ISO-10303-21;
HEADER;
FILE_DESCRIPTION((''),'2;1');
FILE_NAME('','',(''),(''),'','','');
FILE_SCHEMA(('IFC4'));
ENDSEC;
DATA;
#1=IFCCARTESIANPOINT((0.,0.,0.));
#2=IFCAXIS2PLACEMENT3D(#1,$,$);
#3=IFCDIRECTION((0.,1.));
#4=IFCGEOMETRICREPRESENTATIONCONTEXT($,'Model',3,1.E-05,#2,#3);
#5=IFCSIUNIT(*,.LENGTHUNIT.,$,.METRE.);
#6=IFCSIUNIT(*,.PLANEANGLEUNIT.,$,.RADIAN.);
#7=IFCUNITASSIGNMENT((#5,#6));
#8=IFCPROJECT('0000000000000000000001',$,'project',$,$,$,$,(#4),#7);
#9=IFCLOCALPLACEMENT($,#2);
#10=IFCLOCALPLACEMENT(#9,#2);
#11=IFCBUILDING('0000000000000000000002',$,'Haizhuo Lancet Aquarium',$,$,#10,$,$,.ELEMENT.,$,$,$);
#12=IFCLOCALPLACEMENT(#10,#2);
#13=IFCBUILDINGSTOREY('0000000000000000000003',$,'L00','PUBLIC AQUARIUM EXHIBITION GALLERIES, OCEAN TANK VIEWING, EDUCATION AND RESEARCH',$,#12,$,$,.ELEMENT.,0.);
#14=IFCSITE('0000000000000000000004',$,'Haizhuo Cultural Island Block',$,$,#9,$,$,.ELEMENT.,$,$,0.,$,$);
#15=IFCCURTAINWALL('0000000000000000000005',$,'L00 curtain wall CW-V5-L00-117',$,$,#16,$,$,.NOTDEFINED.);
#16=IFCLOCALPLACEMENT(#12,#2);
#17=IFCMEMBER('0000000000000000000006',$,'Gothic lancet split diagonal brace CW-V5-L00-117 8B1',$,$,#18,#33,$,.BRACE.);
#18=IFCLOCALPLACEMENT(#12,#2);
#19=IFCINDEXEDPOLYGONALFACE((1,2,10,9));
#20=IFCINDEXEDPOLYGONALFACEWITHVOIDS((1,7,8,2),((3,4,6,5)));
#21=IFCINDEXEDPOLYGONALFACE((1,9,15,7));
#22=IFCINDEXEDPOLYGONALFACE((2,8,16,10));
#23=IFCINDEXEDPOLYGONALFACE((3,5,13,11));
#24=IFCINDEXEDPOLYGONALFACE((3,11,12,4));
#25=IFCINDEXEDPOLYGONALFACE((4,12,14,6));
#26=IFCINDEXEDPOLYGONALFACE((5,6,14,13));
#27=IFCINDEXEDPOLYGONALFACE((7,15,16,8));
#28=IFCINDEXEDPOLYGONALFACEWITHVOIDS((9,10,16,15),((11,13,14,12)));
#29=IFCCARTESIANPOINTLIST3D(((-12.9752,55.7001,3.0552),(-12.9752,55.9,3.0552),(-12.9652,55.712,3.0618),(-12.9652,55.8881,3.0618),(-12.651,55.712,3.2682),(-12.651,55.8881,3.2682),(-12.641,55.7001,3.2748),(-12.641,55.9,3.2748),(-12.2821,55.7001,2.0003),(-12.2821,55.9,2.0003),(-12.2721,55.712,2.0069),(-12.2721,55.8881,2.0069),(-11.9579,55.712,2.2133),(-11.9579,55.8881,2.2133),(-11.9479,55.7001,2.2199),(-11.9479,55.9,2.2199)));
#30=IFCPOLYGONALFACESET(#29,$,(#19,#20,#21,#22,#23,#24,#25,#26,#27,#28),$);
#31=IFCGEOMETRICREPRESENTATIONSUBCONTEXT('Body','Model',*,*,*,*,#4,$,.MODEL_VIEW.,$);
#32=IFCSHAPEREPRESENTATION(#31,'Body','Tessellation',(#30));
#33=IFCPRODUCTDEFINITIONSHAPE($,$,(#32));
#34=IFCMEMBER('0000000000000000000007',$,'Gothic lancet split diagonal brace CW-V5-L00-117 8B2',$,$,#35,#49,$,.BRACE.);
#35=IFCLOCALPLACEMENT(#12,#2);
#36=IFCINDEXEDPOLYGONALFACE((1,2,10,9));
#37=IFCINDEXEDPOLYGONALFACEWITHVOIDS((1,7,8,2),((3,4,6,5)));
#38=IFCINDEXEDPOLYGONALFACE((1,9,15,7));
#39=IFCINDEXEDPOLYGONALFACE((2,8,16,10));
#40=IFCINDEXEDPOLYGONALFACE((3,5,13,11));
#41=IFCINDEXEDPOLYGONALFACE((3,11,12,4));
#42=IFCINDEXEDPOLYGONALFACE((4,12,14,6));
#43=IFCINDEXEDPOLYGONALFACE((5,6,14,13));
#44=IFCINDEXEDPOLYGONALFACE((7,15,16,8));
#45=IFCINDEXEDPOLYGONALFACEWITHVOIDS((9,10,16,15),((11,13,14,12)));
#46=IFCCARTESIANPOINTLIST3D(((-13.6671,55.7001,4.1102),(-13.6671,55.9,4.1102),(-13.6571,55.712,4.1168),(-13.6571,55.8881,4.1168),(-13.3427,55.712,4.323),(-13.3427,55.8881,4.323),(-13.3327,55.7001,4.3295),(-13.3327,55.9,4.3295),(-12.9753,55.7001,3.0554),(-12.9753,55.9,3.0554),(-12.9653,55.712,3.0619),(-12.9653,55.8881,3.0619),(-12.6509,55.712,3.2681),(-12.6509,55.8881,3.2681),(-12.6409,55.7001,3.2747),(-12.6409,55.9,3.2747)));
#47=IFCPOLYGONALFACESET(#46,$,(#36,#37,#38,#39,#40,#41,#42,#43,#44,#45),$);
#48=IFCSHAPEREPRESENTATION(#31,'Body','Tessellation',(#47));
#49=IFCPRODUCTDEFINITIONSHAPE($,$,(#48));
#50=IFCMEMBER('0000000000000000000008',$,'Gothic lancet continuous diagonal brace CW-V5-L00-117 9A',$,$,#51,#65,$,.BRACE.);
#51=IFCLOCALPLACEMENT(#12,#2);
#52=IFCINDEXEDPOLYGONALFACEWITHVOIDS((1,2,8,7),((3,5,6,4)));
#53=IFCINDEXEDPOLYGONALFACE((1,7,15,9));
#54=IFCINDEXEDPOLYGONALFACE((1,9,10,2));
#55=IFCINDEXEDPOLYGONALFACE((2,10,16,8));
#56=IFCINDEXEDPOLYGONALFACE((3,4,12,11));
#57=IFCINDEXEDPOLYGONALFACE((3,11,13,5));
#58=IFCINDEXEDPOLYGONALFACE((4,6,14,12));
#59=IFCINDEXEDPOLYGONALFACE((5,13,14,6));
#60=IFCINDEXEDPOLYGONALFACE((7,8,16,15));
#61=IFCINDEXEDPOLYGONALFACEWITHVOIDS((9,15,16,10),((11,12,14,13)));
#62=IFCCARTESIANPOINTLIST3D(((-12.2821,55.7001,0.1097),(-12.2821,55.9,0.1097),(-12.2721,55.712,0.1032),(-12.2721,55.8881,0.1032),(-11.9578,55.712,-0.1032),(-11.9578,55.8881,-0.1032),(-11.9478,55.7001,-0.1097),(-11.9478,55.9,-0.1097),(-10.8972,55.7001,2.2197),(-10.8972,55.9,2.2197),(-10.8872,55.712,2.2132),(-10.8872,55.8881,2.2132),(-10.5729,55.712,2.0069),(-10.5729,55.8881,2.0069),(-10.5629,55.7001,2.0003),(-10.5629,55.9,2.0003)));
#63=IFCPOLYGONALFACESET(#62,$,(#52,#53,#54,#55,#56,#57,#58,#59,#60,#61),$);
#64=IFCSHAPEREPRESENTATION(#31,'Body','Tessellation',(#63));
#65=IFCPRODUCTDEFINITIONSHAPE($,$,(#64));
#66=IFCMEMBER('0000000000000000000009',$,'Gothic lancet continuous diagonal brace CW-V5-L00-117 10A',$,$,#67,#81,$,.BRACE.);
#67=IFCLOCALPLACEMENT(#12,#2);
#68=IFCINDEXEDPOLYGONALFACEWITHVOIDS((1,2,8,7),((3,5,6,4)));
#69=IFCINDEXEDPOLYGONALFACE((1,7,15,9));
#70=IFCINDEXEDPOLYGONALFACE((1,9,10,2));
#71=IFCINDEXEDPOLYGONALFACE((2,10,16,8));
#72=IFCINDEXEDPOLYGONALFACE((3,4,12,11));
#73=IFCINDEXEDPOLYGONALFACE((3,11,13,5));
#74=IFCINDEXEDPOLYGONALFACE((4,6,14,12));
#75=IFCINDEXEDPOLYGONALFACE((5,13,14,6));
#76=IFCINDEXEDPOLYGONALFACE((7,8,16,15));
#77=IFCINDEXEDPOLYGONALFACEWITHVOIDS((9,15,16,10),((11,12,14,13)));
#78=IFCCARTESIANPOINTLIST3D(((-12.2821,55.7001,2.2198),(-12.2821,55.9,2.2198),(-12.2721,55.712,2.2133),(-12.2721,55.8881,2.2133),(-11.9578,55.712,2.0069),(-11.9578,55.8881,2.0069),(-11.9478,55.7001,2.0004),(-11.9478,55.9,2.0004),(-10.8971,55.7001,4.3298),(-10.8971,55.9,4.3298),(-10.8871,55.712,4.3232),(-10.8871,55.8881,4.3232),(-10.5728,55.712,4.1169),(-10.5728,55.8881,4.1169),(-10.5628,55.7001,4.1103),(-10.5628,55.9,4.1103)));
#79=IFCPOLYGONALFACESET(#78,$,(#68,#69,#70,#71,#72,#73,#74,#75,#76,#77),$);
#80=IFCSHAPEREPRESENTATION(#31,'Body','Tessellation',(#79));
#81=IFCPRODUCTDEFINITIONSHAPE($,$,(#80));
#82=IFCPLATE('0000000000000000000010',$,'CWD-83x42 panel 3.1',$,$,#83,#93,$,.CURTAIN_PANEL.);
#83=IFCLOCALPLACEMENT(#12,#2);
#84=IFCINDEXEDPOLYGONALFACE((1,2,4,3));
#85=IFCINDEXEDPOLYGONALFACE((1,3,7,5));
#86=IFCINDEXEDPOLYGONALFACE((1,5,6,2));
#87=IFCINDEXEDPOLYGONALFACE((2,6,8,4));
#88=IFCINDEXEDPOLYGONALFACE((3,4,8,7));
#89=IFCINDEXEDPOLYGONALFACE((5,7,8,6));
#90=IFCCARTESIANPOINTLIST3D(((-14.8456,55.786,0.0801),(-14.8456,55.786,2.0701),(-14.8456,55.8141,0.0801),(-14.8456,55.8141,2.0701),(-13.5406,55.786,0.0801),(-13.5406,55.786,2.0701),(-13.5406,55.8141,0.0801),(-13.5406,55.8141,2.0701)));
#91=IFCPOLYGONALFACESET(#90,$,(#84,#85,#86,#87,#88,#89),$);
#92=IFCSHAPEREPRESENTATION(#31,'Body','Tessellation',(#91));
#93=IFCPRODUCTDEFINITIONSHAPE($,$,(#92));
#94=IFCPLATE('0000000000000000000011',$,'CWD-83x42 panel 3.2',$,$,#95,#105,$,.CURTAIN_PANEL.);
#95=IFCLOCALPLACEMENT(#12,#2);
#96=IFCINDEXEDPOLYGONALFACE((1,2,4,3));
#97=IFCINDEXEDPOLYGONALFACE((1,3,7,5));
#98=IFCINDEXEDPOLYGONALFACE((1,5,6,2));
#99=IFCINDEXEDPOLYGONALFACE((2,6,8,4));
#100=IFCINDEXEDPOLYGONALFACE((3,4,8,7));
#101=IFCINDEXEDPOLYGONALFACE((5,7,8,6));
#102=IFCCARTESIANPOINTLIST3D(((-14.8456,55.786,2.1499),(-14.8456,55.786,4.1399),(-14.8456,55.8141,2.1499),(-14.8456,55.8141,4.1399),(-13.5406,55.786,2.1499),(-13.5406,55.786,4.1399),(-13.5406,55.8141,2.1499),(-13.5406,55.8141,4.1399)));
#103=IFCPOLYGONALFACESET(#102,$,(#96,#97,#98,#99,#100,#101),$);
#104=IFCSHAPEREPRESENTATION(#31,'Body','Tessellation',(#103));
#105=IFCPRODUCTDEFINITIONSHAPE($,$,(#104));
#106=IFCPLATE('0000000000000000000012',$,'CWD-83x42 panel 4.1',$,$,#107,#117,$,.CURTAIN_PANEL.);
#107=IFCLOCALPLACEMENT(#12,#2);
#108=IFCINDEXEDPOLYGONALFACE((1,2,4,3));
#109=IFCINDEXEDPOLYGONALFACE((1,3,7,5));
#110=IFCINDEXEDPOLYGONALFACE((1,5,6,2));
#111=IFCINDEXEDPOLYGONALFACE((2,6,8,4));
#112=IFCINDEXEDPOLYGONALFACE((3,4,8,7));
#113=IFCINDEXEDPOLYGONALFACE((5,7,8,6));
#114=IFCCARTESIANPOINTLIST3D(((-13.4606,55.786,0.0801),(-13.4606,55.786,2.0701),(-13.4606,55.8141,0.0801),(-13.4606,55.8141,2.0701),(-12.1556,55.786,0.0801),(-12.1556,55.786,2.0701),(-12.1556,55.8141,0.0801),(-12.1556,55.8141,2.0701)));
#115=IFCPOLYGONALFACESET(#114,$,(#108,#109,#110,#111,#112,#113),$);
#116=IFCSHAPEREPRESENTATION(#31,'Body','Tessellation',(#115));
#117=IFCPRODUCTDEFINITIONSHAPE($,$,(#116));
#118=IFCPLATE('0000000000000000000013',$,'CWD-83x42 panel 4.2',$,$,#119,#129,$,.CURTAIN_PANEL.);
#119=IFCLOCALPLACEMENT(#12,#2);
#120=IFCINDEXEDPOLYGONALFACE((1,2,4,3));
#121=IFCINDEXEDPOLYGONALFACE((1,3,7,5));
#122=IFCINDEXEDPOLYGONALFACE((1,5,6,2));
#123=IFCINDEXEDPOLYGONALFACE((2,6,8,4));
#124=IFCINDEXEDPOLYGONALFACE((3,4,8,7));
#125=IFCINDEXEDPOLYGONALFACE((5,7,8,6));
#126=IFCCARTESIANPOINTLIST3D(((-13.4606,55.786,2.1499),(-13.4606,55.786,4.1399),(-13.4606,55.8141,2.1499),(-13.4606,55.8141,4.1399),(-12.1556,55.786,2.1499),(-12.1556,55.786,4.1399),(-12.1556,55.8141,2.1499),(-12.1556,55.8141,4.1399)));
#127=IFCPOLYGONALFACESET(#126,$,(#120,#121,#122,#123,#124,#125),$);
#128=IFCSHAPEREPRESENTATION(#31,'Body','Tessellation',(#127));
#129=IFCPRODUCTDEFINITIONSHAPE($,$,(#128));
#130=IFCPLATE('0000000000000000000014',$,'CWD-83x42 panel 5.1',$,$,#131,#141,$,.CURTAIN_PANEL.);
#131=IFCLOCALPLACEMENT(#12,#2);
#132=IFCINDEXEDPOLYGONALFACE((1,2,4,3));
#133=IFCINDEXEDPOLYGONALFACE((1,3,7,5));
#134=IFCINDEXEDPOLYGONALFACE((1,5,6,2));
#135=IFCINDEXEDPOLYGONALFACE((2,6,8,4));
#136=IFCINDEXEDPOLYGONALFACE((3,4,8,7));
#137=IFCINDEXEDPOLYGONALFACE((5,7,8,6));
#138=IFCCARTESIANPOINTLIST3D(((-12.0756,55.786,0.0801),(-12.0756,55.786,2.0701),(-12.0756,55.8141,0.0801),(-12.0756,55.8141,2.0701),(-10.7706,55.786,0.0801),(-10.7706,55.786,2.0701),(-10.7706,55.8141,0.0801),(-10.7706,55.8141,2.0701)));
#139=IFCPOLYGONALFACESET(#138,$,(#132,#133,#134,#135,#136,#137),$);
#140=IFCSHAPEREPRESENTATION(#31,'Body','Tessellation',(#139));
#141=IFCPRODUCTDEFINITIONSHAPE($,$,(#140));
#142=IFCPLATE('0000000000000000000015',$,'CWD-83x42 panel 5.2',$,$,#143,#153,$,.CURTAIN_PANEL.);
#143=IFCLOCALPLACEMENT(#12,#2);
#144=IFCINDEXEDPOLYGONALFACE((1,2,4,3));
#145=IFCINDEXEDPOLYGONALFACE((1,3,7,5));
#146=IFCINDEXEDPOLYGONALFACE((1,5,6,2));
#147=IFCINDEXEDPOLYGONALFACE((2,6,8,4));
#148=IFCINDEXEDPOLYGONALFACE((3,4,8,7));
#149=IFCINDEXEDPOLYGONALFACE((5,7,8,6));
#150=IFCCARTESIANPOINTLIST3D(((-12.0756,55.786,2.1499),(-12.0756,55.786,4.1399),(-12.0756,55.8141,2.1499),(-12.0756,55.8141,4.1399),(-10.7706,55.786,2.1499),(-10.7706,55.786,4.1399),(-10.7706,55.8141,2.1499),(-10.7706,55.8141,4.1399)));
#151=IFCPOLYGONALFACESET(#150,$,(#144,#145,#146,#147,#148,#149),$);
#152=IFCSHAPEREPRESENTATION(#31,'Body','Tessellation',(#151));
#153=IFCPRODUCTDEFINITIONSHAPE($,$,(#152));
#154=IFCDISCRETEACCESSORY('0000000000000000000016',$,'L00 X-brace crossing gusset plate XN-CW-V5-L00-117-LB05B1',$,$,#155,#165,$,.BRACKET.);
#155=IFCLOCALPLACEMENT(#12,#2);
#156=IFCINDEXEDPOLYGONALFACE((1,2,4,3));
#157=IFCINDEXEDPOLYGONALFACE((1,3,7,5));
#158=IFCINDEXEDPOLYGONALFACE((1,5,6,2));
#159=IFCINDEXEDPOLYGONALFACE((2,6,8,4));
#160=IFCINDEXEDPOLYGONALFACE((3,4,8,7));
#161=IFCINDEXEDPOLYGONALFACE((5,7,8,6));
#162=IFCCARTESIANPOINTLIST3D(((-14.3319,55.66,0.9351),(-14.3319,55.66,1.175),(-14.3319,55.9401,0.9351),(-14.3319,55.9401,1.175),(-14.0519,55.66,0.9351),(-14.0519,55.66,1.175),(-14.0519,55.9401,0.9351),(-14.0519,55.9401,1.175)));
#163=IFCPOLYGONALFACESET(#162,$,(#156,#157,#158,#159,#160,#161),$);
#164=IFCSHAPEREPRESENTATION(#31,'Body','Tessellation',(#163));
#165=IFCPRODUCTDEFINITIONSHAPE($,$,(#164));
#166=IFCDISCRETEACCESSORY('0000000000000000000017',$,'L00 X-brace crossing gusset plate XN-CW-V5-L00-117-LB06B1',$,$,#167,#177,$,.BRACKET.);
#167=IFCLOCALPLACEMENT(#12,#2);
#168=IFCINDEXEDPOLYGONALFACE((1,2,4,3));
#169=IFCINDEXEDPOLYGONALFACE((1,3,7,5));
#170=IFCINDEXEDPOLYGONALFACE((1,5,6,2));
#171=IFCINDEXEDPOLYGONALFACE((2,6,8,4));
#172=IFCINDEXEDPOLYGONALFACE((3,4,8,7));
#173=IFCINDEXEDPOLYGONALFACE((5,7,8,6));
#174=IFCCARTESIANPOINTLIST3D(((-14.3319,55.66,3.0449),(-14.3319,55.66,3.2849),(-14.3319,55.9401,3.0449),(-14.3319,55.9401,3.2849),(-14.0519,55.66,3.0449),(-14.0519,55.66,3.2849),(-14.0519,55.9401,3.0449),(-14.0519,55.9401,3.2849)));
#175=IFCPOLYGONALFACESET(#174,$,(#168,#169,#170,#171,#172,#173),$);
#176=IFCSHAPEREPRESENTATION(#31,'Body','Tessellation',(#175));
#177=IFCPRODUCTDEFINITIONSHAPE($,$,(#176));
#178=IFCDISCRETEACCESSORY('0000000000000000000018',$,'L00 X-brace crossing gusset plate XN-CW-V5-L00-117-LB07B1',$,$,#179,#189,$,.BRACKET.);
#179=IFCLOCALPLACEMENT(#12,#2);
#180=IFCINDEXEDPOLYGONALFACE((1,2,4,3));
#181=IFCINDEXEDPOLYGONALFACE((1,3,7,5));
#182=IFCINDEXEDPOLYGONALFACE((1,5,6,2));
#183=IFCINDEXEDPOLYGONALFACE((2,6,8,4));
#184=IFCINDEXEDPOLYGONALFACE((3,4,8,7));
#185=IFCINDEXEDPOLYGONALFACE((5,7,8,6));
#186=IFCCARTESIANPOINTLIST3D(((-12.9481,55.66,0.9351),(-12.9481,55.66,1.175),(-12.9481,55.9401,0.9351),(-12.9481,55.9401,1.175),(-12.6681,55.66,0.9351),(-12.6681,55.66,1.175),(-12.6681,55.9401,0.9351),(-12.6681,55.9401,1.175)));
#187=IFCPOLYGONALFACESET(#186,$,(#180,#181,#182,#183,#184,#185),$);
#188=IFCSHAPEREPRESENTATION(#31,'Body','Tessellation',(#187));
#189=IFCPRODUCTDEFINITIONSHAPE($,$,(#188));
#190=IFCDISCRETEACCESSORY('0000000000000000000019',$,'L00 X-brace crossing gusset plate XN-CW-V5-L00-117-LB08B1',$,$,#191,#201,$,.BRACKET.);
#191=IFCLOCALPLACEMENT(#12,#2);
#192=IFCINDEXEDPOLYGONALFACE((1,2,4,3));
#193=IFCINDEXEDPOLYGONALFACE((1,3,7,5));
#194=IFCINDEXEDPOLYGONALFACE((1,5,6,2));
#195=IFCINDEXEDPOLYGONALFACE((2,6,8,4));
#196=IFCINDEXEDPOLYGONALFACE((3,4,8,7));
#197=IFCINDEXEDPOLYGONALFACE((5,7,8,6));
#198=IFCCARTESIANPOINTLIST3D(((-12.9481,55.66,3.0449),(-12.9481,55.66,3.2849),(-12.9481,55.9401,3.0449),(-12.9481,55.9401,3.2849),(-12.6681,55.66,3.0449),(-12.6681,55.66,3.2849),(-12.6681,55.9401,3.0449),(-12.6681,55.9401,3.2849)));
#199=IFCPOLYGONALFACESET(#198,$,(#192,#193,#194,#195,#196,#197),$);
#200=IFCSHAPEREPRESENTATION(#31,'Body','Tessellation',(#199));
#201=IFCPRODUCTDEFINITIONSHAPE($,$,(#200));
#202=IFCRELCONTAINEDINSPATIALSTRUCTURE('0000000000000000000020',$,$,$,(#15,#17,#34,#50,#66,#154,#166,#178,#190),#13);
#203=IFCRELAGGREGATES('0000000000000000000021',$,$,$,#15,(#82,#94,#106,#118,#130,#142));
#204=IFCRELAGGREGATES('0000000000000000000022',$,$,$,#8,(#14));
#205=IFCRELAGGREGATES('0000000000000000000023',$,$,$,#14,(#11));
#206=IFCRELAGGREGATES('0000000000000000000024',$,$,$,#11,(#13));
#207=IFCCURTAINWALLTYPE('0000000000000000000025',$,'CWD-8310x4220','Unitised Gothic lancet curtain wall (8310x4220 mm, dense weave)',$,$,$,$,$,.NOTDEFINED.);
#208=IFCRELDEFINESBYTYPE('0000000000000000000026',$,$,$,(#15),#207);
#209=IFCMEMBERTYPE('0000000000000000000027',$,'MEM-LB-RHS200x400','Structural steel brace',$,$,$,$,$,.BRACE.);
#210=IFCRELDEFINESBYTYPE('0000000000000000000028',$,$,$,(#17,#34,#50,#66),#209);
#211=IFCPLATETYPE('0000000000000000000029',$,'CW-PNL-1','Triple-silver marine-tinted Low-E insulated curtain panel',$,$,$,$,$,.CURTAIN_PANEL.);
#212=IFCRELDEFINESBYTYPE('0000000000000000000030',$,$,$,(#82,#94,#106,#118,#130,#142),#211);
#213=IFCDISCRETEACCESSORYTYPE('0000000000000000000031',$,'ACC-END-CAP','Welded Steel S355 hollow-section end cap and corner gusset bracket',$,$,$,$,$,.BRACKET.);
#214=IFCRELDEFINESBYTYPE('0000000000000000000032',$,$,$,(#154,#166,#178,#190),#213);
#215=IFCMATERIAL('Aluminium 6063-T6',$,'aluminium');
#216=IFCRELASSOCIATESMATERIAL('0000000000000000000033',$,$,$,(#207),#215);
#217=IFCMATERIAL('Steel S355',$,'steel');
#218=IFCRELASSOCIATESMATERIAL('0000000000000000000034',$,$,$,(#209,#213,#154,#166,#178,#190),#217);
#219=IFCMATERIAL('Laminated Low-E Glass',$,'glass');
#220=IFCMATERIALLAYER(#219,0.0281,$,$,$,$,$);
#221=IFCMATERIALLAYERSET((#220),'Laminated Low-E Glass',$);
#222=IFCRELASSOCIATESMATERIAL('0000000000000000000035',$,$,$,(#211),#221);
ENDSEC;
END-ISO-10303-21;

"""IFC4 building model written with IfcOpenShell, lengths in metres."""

from ifc_helpers import new_model, si_unit, direction, frame, origin, origin_2d, place, context, subcontext, project, spatial, rectangle, hollow_rectangle, extrude, material, layer, layer_set, material_profile, profile_set, type_object, element, aggregate, save


model = new_model("IFC4")

# Units and contexts
model_context = context("Model", 3, precision=1e-05, world=origin(), true_north=direction((0.0, 1.0)))
body_context = subcontext(model_context, "Body", "Model", "MODEL_VIEW")
ifc_project = project(units=[si_unit("LENGTHUNIT", "METRE"), si_unit("PLANEANGLEUNIT", "RADIAN")], contexts=[model_context])

# Site, building, storey
site_placement = place(None, origin())
site = spatial("IfcSite", under=ifc_project, at=site_placement, Name="Haizhuo Cultural Island Block", CompositionType="ELEMENT", RefElevation=0.0)
building_placement = place(site_placement, origin())
building = spatial("IfcBuilding", under=site, at=building_placement, Name="Haizhuo Lancet Aquarium", CompositionType="ELEMENT")
storey_placement = place(building_placement, origin())
storey = spatial("IfcBuildingStorey", under=building, at=storey_placement, Name="L00", Description="PUBLIC AQUARIUM EXHIBITION GALLERIES, OCEAN TANK VIEWING, EDUCATION AND RESEARCH", CompositionType="ELEMENT", Elevation=0.0)

# Curtain wall
ifc_material_1 = material(Name="Aluminium 6063-T6", Category="aluminium")
curtain_wall_type = type_object("IfcCurtainWallType", Name="CWD-8310x4220", Description="Unitised Gothic lancet curtain wall (8310x4220 mm, dense weave)", PredefinedType="NOTDEFINED", material=ifc_material_1)
curtain_wall_placement = place(storey_placement, origin())
curtain_wall = element("IfcCurtainWall", 1, at=curtain_wall_placement, inside=storey, type_object=curtain_wall_type, Name="L00 curtain wall CW-V5-L00-117", PredefinedType="NOTDEFINED")

# Members
ifc_material_2 = material(Name="Steel S355", Category="steel")
ifc_material_profile_1 = material_profile(ifc_material_2, hollow_rectangle(XDim=0.2, YDim=0.3999, WallThickness=0.012, at=origin_2d()), Name="RHS 200x400x12")
ifc_profile_set_1 = profile_set([ifc_material_profile_1], Name="Steel S355")
member_type_1 = type_object("IfcMemberType", Name="MEM-LB-RHS200x400", Description="Structural steel brace", PredefinedType="BRACE", material=ifc_profile_set_1)
member_1_placement = place(storey_placement, frame((-12.115, 55.8, 2.1101), z_axis=(-0.549108, 0.0, 0.835751), x_axis=(0.0, -1.0, 0.0)))
element("IfcMember", 2, at=member_1_placement, inside=storey, type_object=member_type_1, Name="Gothic lancet split diagonal brace CW-V5-L00-117 8B1", PredefinedType="BRACE", context=body_context, shape_type="SweptSolid", body=[
    extrude(hollow_rectangle(XDim=0.2, YDim=0.3999, WallThickness=0.012, at=origin_2d()), origin(), (0.0, 0.0, 1.0), 1.2622),
])
member_2_placement = place(storey_placement, frame((-12.8081, 55.8, 3.165), z_axis=(-0.548432, 0.0, 0.836195), x_axis=(0.0, -1.0, 0.0)))
element("IfcMember", 3, at=member_2_placement, inside=storey, type_object=member_type_1, Name="Gothic lancet split diagonal brace CW-V5-L00-117 8B2", PredefinedType="BRACE", context=body_context, shape_type="SweptSolid", body=[
    extrude(hollow_rectangle(XDim=0.2, YDim=0.3999, WallThickness=0.012, at=origin_2d()), origin(), (0.0, 0.0, 1.0), 1.2615),
])
for number, where, z_axis, x_axis, name in (
    (4, (-12.115, 55.8, 0.0), (0.548726, 0.0, 0.836002), (0.0, 1.0, 0.0), "Gothic lancet continuous diagonal brace CW-V5-L00-117 9A"),
    (5, (-12.115, 55.8, 2.1101), (0.548771, 0.0, 0.835973), (0.0, 1.0, 0.0), "Gothic lancet continuous diagonal brace CW-V5-L00-117 10A"),
):
    element("IfcMember", number, at=place(storey_placement, frame(where, z_axis=z_axis, x_axis=x_axis)), inside=storey, type_object=member_type_1, Name=name, PredefinedType="BRACE", context=body_context, shape_type="SweptSolid", body=[
        extrude(hollow_rectangle(XDim=0.2, YDim=0.3999, WallThickness=0.012, at=origin_2d()), origin(), (0.0, 0.0, 1.0), 2.5239),
    ])

# Plates
ifc_material_3 = material(Name="Laminated Low-E Glass", Category="glass")
ifc_layer = layer(ifc_material_3, 0.0281)
ifc_layer_set = layer_set([ifc_layer], Name="Laminated Low-E Glass")
plate_type = type_object("IfcPlateType", Name="CW-PNL-1", Description="Triple-silver marine-tinted Low-E insulated curtain panel", PredefinedType="CURTAIN_PANEL", material=ifc_layer_set)
plate_1_placement = place(storey_placement, frame((-14.1931, 55.8, 0.0801), z_axis=(0.0, 0.0, 1.0), x_axis=(1.0, 0.0, 0.0)))
plate_1 = element("IfcPlate", 6, at=plate_1_placement, type_object=plate_type, Name="CWD-83x42 panel 3.1", PredefinedType="CURTAIN_PANEL", context=body_context, shape_type="SweptSolid", body=[
    extrude(rectangle(XDim=1.3049, YDim=0.0281, at=origin_2d()), origin(), (0.0, 0.0, 1.0), 1.99),
])
plate_2_placement = place(storey_placement, frame((-14.1931, 55.8, 2.1499), z_axis=(0.0, 0.0, 1.0), x_axis=(1.0, 0.0, 0.0)))
plate_2 = element("IfcPlate", 7, at=plate_2_placement, type_object=plate_type, Name="CWD-83x42 panel 3.2", PredefinedType="CURTAIN_PANEL", context=body_context, shape_type="SweptSolid", body=[
    extrude(rectangle(XDim=1.3049, YDim=0.0281, at=origin_2d()), origin(), (0.0, 0.0, 1.0), 1.99),
])
plate_3_placement = place(storey_placement, frame((-12.8081, 55.8, 0.0801), z_axis=(0.0, 0.0, 1.0), x_axis=(1.0, 0.0, 0.0)))
plate_3 = element("IfcPlate", 8, at=plate_3_placement, type_object=plate_type, Name="CWD-83x42 panel 4.1", PredefinedType="CURTAIN_PANEL", context=body_context, shape_type="SweptSolid", body=[
    extrude(rectangle(XDim=1.3049, YDim=0.0281, at=origin_2d()), origin(), (0.0, 0.0, 1.0), 1.99),
])
plate_4_placement = place(storey_placement, frame((-12.8081, 55.8, 2.1499), z_axis=(0.0, 0.0, 1.0), x_axis=(1.0, 0.0, 0.0)))
plate_4 = element("IfcPlate", 9, at=plate_4_placement, type_object=plate_type, Name="CWD-83x42 panel 4.2", PredefinedType="CURTAIN_PANEL", context=body_context, shape_type="SweptSolid", body=[
    extrude(rectangle(XDim=1.3049, YDim=0.0281, at=origin_2d()), origin(), (0.0, 0.0, 1.0), 1.99),
])
plate_5_placement = place(storey_placement, frame((-11.4231, 55.8, 0.0801), z_axis=(0.0, 0.0, 1.0), x_axis=(1.0, 0.0, 0.0)))
plate_5 = element("IfcPlate", 10, at=plate_5_placement, type_object=plate_type, Name="CWD-83x42 panel 5.1", PredefinedType="CURTAIN_PANEL", context=body_context, shape_type="SweptSolid", body=[
    extrude(rectangle(XDim=1.3049, YDim=0.0281, at=origin_2d()), origin(), (0.0, 0.0, 1.0), 1.99),
])
plate_6_placement = place(storey_placement, frame((-11.4231, 55.8, 2.1499), z_axis=(0.0, 0.0, 1.0), x_axis=(1.0, 0.0, 0.0)))
plate_6 = element("IfcPlate", 11, at=plate_6_placement, type_object=plate_type, Name="CWD-83x42 panel 5.2", PredefinedType="CURTAIN_PANEL", context=body_context, shape_type="SweptSolid", body=[
    extrude(rectangle(XDim=1.3049, YDim=0.0281, at=origin_2d()), origin(), (0.0, 0.0, 1.0), 1.99),
])
aggregate(curtain_wall, [plate_1, plate_2, plate_3, plate_4, plate_5, plate_6])

# Discrete accessories
discrete_accessory_type = type_object("IfcDiscreteAccessoryType", Name="ACC-END-CAP", Description="Welded Steel S355 hollow-section end cap and corner gusset bracket", PredefinedType="BRACKET", material=ifc_material_2)
for number, where, z_axis, x_axis, name in (
    (12, (-14.1919, 55.8, 0.9351), (0.0, 0.0, 1.0), (1.0, 0.0, 0.0), "L00 X-brace crossing gusset plate XN-CW-V5-L00-117-LB05B1"),
    (13, (-14.1919, 55.8, 3.0449), (0.0, 0.0, 1.0), (1.0, 0.0, 0.0), "L00 X-brace crossing gusset plate XN-CW-V5-L00-117-LB06B1"),
    (14, (-12.8081, 55.8, 0.9351), (0.0, 0.0, 1.0), (1.0, 0.0, 0.0), "L00 X-brace crossing gusset plate XN-CW-V5-L00-117-LB07B1"),
    (15, (-12.8081, 55.8, 3.0449), (0.0, 0.0, 1.0), (1.0, 0.0, 0.0), "L00 X-brace crossing gusset plate XN-CW-V5-L00-117-LB08B1"),
):
    element("IfcDiscreteAccessory", number, at=place(storey_placement, frame(where, z_axis=z_axis, x_axis=x_axis)), inside=storey, type_object=discrete_accessory_type, material=ifc_material_2, Name=name, PredefinedType="BRACKET", context=body_context, shape_type="SweptSolid", body=[
        extrude(rectangle(XDim=0.28, YDim=0.28, at=origin_2d()), origin(), (0.0, 0.0, 1.0), 0.24),
    ])

save(model, "model.ifc")
